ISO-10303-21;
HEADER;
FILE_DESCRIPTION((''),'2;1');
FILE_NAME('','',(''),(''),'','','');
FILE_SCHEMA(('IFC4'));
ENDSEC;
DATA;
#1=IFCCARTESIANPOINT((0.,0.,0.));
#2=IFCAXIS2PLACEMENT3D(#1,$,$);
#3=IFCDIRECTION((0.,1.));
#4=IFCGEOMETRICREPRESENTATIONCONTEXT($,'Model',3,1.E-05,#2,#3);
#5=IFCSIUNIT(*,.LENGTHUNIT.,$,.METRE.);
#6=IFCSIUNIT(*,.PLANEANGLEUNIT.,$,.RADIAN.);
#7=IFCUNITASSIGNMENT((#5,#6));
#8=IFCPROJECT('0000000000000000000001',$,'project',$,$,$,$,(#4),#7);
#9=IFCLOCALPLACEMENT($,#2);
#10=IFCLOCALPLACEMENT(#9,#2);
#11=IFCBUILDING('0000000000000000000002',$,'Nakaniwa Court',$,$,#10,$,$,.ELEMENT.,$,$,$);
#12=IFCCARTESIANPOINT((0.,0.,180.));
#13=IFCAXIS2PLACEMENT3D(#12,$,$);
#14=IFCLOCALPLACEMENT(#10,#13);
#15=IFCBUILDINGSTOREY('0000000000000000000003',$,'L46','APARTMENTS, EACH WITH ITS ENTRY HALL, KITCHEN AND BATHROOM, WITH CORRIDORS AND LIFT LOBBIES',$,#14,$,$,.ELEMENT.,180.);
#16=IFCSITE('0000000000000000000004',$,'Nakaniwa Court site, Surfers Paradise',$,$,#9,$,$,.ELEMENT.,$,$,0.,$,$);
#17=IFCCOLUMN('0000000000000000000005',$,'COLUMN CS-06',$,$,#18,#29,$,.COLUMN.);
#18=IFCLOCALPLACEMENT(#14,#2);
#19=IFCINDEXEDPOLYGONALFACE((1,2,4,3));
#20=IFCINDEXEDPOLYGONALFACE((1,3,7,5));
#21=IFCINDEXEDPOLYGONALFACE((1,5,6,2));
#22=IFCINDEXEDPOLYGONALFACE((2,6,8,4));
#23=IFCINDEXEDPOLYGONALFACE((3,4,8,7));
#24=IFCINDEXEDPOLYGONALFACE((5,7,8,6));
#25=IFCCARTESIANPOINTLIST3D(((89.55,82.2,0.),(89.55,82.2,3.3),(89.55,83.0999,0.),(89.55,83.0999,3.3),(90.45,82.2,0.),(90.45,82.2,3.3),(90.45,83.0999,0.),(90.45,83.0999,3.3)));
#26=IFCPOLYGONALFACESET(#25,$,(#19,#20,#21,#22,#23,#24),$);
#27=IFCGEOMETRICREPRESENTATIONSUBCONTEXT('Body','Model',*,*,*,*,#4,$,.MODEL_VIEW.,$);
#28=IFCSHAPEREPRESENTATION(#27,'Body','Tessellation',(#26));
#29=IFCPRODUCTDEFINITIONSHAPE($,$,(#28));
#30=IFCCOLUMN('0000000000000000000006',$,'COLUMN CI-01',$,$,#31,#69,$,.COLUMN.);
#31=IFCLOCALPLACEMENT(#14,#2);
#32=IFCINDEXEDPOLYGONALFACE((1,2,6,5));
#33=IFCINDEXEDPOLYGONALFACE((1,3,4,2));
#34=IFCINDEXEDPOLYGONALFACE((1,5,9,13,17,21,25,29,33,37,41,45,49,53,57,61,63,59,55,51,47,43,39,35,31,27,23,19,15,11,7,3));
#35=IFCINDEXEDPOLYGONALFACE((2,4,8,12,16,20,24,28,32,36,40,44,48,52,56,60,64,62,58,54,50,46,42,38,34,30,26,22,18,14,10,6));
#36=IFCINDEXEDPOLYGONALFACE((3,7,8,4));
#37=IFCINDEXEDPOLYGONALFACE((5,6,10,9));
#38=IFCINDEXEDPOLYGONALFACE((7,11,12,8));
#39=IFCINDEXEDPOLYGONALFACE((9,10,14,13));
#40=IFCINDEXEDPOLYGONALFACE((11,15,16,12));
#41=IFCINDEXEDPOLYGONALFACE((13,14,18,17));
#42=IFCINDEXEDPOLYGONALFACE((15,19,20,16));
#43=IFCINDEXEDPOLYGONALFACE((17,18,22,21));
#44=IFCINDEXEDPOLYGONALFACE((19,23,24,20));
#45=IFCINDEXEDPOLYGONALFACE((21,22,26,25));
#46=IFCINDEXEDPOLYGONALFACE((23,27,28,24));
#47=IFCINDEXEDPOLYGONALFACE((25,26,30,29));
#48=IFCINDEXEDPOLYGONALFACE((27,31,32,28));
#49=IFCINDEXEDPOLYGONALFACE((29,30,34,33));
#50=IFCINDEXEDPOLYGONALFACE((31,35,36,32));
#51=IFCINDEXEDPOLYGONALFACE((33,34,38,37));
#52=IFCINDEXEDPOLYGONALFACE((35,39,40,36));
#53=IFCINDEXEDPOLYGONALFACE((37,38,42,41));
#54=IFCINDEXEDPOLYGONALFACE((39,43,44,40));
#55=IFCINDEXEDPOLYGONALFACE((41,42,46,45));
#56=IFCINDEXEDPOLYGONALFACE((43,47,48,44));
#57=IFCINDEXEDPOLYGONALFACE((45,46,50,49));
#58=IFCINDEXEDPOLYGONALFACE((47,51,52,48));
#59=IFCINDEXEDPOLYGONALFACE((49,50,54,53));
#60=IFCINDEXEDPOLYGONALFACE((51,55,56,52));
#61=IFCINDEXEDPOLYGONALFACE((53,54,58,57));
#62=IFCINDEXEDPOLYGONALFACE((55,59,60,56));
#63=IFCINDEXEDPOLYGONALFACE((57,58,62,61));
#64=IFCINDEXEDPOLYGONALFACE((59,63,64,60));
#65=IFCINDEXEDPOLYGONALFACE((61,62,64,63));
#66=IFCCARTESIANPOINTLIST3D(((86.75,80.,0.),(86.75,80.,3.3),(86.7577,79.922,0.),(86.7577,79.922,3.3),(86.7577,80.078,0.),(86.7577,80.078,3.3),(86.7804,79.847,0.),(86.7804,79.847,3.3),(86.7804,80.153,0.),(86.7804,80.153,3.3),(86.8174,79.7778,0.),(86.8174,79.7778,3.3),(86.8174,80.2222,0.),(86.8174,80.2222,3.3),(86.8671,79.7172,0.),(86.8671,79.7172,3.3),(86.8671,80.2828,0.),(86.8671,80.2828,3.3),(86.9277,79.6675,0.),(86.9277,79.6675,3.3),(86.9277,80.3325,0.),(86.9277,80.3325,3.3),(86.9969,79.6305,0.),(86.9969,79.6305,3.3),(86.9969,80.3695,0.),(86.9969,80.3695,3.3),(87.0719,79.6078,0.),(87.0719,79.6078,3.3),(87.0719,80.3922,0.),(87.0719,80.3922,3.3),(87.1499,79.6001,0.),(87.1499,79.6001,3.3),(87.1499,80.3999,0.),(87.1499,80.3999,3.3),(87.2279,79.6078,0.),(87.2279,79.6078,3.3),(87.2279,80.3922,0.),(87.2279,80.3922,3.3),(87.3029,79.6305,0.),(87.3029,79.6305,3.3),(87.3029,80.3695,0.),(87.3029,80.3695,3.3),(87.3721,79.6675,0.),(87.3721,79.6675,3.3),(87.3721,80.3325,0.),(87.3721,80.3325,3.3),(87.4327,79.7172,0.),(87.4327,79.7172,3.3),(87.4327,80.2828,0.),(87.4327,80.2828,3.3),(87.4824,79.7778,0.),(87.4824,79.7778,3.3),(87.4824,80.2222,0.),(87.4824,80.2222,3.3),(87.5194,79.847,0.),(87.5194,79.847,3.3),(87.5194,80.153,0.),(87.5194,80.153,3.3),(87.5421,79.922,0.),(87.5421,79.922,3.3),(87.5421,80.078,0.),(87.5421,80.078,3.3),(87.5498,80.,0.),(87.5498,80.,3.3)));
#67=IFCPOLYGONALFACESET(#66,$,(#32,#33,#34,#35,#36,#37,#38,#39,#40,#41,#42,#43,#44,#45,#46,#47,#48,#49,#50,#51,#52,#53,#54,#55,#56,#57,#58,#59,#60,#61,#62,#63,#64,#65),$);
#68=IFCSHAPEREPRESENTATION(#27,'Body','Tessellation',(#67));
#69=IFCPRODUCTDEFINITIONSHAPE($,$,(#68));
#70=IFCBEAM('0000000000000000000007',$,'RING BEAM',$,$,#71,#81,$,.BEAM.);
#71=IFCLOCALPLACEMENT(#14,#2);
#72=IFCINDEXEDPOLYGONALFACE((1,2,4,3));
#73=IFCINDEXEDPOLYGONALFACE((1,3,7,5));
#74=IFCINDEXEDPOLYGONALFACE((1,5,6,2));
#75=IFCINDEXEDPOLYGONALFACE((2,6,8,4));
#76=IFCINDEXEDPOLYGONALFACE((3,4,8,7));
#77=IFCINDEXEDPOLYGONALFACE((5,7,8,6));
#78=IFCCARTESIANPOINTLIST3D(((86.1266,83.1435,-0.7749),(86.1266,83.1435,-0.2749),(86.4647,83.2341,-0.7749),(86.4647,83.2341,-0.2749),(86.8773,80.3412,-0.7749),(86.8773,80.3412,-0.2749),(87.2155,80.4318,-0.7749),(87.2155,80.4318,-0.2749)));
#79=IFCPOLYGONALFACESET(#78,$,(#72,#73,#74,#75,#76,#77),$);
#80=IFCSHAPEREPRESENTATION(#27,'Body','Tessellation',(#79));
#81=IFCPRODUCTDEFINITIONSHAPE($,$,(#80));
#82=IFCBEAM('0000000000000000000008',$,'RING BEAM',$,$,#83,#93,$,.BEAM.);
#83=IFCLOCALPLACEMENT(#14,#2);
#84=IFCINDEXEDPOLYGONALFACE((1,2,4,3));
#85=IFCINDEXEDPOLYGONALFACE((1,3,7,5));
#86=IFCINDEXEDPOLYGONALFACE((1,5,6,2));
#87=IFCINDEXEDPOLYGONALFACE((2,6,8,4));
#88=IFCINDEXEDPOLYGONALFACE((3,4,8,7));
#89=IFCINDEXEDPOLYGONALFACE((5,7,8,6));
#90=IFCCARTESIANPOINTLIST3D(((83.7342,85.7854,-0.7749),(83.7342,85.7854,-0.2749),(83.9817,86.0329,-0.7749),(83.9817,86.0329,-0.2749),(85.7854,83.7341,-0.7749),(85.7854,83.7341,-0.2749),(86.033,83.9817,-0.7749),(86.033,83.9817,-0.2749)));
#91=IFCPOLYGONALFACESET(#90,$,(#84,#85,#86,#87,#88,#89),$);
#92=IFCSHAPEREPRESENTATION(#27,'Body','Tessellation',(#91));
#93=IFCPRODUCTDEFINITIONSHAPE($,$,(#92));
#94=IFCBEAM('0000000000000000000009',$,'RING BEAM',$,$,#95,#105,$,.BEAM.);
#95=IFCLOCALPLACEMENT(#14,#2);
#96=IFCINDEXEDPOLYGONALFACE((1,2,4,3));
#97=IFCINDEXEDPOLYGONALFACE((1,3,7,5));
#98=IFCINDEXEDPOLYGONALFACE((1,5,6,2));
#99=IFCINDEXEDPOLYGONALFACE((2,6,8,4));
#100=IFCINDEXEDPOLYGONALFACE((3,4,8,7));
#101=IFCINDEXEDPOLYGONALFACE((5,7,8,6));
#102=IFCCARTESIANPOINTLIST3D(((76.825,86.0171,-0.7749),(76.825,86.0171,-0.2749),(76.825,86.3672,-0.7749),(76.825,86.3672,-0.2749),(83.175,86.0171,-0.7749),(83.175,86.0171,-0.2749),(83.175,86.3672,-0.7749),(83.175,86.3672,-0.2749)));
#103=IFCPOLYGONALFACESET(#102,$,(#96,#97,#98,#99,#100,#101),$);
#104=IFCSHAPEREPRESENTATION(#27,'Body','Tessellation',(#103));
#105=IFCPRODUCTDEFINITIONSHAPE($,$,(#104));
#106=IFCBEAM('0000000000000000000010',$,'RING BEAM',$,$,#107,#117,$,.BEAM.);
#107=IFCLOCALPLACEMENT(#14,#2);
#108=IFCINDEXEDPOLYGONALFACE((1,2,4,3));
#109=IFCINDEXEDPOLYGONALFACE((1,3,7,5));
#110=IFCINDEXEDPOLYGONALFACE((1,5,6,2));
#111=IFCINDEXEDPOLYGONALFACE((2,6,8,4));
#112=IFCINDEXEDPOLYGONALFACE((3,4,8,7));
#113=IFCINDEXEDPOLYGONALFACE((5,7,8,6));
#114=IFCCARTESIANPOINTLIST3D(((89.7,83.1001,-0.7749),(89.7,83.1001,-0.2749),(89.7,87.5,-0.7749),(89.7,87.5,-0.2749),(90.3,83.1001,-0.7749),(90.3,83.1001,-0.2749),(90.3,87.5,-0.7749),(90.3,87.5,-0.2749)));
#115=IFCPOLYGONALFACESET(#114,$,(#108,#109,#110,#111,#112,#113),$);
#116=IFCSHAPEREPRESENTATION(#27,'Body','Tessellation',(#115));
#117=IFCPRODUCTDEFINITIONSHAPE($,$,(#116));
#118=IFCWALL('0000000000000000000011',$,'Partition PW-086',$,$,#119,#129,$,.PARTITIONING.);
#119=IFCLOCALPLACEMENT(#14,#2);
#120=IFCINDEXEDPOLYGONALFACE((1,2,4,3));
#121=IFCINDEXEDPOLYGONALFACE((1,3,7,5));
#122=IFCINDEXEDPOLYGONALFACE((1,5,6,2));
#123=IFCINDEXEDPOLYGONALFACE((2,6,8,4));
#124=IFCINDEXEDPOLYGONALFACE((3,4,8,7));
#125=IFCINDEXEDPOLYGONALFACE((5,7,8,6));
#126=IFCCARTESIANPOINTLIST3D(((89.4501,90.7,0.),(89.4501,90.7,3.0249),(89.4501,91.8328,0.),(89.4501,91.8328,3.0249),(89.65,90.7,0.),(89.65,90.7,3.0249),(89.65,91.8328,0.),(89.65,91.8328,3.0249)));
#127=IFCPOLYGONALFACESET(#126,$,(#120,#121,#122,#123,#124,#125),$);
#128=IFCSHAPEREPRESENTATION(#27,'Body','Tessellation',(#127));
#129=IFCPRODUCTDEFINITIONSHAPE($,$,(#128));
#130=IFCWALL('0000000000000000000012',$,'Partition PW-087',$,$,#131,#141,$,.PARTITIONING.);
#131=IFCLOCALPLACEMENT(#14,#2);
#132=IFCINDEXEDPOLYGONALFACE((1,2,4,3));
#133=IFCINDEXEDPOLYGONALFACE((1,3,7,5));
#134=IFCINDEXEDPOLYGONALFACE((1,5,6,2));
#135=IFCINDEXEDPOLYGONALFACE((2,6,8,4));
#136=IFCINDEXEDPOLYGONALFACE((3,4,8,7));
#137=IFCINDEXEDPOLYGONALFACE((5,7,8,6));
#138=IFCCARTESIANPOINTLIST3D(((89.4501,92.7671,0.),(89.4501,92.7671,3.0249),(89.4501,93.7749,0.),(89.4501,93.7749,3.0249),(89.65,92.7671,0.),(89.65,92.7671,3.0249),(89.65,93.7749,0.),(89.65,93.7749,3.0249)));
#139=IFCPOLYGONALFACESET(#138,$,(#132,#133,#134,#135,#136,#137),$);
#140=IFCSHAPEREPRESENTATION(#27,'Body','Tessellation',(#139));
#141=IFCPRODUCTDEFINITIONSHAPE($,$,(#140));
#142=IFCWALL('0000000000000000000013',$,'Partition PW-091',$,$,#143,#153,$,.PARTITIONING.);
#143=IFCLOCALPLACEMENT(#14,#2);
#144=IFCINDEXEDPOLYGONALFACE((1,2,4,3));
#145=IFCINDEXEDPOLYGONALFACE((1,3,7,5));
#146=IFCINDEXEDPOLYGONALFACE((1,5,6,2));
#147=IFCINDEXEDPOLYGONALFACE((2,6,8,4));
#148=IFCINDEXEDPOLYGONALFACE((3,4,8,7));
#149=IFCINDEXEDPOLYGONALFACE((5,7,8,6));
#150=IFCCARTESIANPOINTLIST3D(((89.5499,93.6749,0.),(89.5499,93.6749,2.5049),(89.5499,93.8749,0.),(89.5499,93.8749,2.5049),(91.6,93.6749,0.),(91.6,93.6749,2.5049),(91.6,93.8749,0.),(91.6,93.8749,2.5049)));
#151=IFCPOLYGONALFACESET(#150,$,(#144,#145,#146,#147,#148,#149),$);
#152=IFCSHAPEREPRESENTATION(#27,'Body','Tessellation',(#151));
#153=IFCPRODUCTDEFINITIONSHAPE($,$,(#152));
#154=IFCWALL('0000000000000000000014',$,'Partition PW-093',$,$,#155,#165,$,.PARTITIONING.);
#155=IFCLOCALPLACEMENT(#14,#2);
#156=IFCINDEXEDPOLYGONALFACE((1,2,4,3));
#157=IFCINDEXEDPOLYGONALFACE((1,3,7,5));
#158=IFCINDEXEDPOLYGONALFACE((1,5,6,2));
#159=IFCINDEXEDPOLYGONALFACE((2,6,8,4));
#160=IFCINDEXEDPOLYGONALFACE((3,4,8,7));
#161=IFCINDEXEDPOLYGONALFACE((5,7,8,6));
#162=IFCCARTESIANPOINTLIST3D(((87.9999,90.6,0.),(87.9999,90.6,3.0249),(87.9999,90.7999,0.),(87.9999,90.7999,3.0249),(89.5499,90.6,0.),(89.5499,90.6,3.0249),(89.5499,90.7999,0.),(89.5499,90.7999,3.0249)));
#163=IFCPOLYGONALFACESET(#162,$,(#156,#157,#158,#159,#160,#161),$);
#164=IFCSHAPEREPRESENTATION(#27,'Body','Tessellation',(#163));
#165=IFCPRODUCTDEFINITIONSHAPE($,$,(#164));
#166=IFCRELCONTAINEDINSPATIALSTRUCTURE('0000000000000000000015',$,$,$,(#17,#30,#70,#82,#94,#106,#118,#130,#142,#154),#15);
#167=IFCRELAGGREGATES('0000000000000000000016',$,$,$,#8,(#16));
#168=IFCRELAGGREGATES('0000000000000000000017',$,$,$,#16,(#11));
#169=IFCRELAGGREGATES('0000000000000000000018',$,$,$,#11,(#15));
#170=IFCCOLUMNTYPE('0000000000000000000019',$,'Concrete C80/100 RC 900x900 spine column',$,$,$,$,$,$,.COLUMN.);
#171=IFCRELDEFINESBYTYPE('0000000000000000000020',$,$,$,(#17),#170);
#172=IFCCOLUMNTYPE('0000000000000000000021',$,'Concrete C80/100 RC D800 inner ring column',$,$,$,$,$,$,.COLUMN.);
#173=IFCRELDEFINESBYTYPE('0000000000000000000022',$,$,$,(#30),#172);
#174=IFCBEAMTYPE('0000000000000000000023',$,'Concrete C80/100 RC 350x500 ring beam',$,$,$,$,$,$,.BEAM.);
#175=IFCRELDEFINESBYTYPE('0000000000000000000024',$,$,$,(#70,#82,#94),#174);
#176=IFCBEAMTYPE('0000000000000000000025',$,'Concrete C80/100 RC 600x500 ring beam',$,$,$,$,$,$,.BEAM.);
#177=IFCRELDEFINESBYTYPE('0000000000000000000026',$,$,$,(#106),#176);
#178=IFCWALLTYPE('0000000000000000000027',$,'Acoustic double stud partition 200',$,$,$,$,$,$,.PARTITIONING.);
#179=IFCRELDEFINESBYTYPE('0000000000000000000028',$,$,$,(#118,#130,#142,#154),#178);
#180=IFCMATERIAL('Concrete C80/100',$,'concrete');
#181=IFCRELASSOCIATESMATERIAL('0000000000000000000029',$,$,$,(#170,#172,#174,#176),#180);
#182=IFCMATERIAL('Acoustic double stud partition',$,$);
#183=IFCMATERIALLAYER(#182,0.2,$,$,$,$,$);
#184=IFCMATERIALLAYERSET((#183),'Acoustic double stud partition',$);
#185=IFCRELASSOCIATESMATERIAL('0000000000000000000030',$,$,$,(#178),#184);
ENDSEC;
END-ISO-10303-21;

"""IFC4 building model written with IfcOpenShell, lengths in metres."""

from ifc_helpers import new_model, si_unit, direction, frame, frame_2d, origin, origin_2d, place, context, subcontext, project, spatial, rectangle, circle, extrude, material, layer, layer_set, material_profile, profile_set, type_object, element, save


model = new_model("IFC4")

# Units and contexts
model_context = context("Model", 3, precision=1e-05, world=origin(), true_north=direction((0.0, 1.0)))
body_context = subcontext(model_context, "Body", "Model", "MODEL_VIEW")
ifc_project = project(units=[si_unit("LENGTHUNIT", "METRE"), si_unit("PLANEANGLEUNIT", "RADIAN")], contexts=[model_context])

# Site, building, storey
site_placement = place(None, origin())
site = spatial("IfcSite", under=ifc_project, at=site_placement, Name="Nakaniwa Court site, Surfers Paradise", CompositionType="ELEMENT", RefElevation=0.0)
building_placement = place(site_placement, origin())
building = spatial("IfcBuilding", under=site, at=building_placement, Name="Nakaniwa Court", CompositionType="ELEMENT")
storey_placement = place(building_placement, frame((0.0, 0.0, 180.0)))
storey = spatial("IfcBuildingStorey", under=building, at=storey_placement, Name="L46", Description="APARTMENTS, EACH WITH ITS ENTRY HALL, KITCHEN AND BATHROOM, WITH CORRIDORS AND LIFT LOBBIES", CompositionType="ELEMENT", Elevation=180.0)

# Columns
ifc_material_1 = material(Name="Concrete C80/100", Category="concrete")
ifc_material_profile_1 = material_profile(ifc_material_1, rectangle(XDim=0.8999, YDim=0.8999, at=origin_2d()), Name="Concrete C80/100 RC 900x900 spine column")
ifc_profile_set_1 = profile_set([ifc_material_profile_1], Name="Concrete C80/100")
column_type_1 = type_object("IfcColumnType", Name="Concrete C80/100 RC 900x900 spine column", PredefinedType="COLUMN", material=ifc_profile_set_1)
column_placement = place(storey_placement, frame((90.0, 82.6499, 0.0), z_axis=(0.0, 0.0, 1.0), x_axis=(0.0, 1.0, 0.0)))
element("IfcColumn", 1, at=column_placement, inside=storey, type_object=column_type_1, Name="COLUMN CS-06", PredefinedType="COLUMN", context=body_context, shape_type="SweptSolid", body=[
    extrude(rectangle(XDim=0.8999, YDim=0.8999, at=origin_2d()), origin(), (0.0, 0.0, 1.0), 3.3),
])
ifc_material_profile_2 = material_profile(ifc_material_1, circle(Radius=0.3999, at=origin_2d()), Name="Concrete C80/100 RC D800 inner ring column")
ifc_profile_set_2 = profile_set([ifc_material_profile_2], Name="Concrete C80/100")
column_type_2 = type_object("IfcColumnType", Name="Concrete C80/100 RC D800 inner ring column", PredefinedType="COLUMN", material=ifc_profile_set_2)
for number, where, z_axis, x_axis, name in (
    (2, (87.1499, 80.0, 0.0), (0.0, 0.0, 1.0), (0.0, 1.0, 0.0), "COLUMN CI-01"),
):
    element("IfcColumn", number, at=place(storey_placement, frame(where, z_axis=z_axis, x_axis=x_axis)), inside=storey, type_object=column_type_2, Name=name, PredefinedType="COLUMN", context=body_context, shape_type="SweptSolid", body=[
        extrude(circle(Radius=0.3999, at=origin_2d()), origin(), (0.0, 0.0, 1.0), 3.3),
    ])

# Beams
ifc_material_profile_3 = material_profile(ifc_material_1, rectangle(XDim=0.3501, YDim=0.5, at=origin_2d()), Name="Concrete C80/100 RC 350x500 ring beam")
ifc_profile_set_3 = profile_set([ifc_material_profile_3], Name="Concrete C80/100")
beam_type_1 = type_object("IfcBeamType", Name="Concrete C80/100 RC 350x500 ring beam", PredefinedType="BEAM", material=ifc_profile_set_3)
beam_1_placement = place(storey_placement, frame((87.0464, 80.3865, -0.5249), z_axis=(-0.258778, 0.965937, 0.0), x_axis=(-0.965937, -0.258778, 0.0)))
element("IfcBeam", 3, at=beam_1_placement, inside=storey, type_object=beam_type_1, Name="RING BEAM", PredefinedType="BEAM", context=body_context, shape_type="SweptSolid", body=[
    extrude(rectangle(XDim=0.3501, YDim=0.5, at=origin_2d()), origin(), (0.0, 0.0, 1.0), 2.9011),
])
beam_2_placement = place(storey_placement, frame((85.9092, 83.8579, -0.5249), z_axis=(-0.707107, 0.707107, 0.0), x_axis=(-0.707107, -0.707107, 0.0)))
element("IfcBeam", 4, at=beam_2_placement, inside=storey, type_object=beam_type_1, Name="RING BEAM", PredefinedType="BEAM", context=body_context, shape_type="SweptSolid", body=[
    extrude(rectangle(XDim=0.3501, YDim=0.5, at=origin_2d()), origin(), (0.0, 0.0, 1.0), 2.9009),
])
beam_3_placement = place(storey_placement, frame((83.175, 86.1921, -0.5249), z_axis=(-1.0, 0.0, 0.0), x_axis=(0.0, -1.0, 0.0)))
element("IfcBeam", 5, at=beam_3_placement, inside=storey, type_object=beam_type_1, Name="RING BEAM", PredefinedType="BEAM", context=body_context, shape_type="SweptSolid", body=[
    extrude(rectangle(XDim=0.3501, YDim=0.5, at=origin_2d()), origin(), (0.0, 0.0, 1.0), 6.3501),
])
ifc_material_profile_4 = material_profile(ifc_material_1, rectangle(XDim=0.6001, YDim=0.5, at=origin_2d()), Name="Concrete C80/100 RC 600x500 ring beam")
ifc_profile_set_4 = profile_set([ifc_material_profile_4], Name="Concrete C80/100")
beam_type_2 = type_object("IfcBeamType", Name="Concrete C80/100 RC 600x500 ring beam", PredefinedType="BEAM", material=ifc_profile_set_4)
beam_4_placement = place(storey_placement, frame((90.0, 83.1001, -0.5249), z_axis=(0.0, 1.0, 0.0), x_axis=(-1.0, 0.0, 0.0)))
element("IfcBeam", 6, at=beam_4_placement, inside=storey, type_object=beam_type_2, Name="RING BEAM", PredefinedType="BEAM", context=body_context, shape_type="SweptSolid", body=[
    extrude(rectangle(XDim=0.6001, YDim=0.5, at=origin_2d()), origin(), (0.0, 0.0, 1.0), 4.3999),
])

# Walls
ifc_material_2 = material(Name="Acoustic double stud partition")
ifc_layer_1 = layer(ifc_material_2, 0.2)
ifc_layer_set_1 = layer_set([ifc_layer_1], Name="Acoustic double stud partition")
wall_type_1 = type_object("IfcWallType", Name="Acoustic double stud partition 200", PredefinedType="PARTITIONING", material=ifc_layer_set_1)
wall_1_placement = place(storey_placement, frame((89.55, 90.7, 0.0), z_axis=(0.0, 0.0, 1.0), x_axis=(0.0, 1.0, 0.0)))
element("IfcWall", 7, at=wall_1_placement, inside=storey, type_object=wall_type_1, Name="Partition PW-086", PredefinedType="PARTITIONING", context=body_context, shape_type="SweptSolid", body=[
    extrude(rectangle(XDim=1.1328, YDim=0.2, at=frame_2d((0.5664, 0.0))), origin(), (0.0, 0.0, 1.0), 3.0249),
])
wall_2_placement = place(storey_placement, frame((89.55, 92.7671, 0.0), z_axis=(0.0, 0.0, 1.0), x_axis=(0.0, 1.0, 0.0)))
element("IfcWall", 8, at=wall_2_placement, inside=storey, type_object=wall_type_1, Name="Partition PW-087", PredefinedType="PARTITIONING", context=body_context, shape_type="SweptSolid", body=[
    extrude(rectangle(XDim=1.0078, YDim=0.2, at=frame_2d((0.5039, 0.0))), origin(), (0.0, 0.0, 1.0), 3.0249),
])
wall_3_placement = place(storey_placement, frame((89.55, 93.7749, 0.0), z_axis=(0.0, 0.0, 1.0), x_axis=(1.0, 0.0, 0.0)))
element("IfcWall", 9, at=wall_3_placement, inside=storey, type_object=wall_type_1, Name="Partition PW-091", PredefinedType="PARTITIONING", context=body_context, shape_type="SweptSolid", body=[
    extrude(rectangle(XDim=2.05, YDim=0.2, at=frame_2d((1.0249, 0.0))), origin(), (0.0, 0.0, 1.0), 2.5049),
])
wall_4_placement = place(storey_placement, frame((88.0, 90.7, 0.0), z_axis=(0.0, 0.0, 1.0), x_axis=(1.0, 0.0, 0.0)))
element("IfcWall", 10, at=wall_4_placement, inside=storey, type_object=wall_type_1, Name="Partition PW-093", PredefinedType="PARTITIONING", context=body_context, shape_type="SweptSolid", body=[
    extrude(rectangle(XDim=1.55, YDim=0.2, at=frame_2d((0.7749, 0.0))), origin(), (0.0, 0.0, 1.0), 3.0249),
])

save(model, "model.ifc")
